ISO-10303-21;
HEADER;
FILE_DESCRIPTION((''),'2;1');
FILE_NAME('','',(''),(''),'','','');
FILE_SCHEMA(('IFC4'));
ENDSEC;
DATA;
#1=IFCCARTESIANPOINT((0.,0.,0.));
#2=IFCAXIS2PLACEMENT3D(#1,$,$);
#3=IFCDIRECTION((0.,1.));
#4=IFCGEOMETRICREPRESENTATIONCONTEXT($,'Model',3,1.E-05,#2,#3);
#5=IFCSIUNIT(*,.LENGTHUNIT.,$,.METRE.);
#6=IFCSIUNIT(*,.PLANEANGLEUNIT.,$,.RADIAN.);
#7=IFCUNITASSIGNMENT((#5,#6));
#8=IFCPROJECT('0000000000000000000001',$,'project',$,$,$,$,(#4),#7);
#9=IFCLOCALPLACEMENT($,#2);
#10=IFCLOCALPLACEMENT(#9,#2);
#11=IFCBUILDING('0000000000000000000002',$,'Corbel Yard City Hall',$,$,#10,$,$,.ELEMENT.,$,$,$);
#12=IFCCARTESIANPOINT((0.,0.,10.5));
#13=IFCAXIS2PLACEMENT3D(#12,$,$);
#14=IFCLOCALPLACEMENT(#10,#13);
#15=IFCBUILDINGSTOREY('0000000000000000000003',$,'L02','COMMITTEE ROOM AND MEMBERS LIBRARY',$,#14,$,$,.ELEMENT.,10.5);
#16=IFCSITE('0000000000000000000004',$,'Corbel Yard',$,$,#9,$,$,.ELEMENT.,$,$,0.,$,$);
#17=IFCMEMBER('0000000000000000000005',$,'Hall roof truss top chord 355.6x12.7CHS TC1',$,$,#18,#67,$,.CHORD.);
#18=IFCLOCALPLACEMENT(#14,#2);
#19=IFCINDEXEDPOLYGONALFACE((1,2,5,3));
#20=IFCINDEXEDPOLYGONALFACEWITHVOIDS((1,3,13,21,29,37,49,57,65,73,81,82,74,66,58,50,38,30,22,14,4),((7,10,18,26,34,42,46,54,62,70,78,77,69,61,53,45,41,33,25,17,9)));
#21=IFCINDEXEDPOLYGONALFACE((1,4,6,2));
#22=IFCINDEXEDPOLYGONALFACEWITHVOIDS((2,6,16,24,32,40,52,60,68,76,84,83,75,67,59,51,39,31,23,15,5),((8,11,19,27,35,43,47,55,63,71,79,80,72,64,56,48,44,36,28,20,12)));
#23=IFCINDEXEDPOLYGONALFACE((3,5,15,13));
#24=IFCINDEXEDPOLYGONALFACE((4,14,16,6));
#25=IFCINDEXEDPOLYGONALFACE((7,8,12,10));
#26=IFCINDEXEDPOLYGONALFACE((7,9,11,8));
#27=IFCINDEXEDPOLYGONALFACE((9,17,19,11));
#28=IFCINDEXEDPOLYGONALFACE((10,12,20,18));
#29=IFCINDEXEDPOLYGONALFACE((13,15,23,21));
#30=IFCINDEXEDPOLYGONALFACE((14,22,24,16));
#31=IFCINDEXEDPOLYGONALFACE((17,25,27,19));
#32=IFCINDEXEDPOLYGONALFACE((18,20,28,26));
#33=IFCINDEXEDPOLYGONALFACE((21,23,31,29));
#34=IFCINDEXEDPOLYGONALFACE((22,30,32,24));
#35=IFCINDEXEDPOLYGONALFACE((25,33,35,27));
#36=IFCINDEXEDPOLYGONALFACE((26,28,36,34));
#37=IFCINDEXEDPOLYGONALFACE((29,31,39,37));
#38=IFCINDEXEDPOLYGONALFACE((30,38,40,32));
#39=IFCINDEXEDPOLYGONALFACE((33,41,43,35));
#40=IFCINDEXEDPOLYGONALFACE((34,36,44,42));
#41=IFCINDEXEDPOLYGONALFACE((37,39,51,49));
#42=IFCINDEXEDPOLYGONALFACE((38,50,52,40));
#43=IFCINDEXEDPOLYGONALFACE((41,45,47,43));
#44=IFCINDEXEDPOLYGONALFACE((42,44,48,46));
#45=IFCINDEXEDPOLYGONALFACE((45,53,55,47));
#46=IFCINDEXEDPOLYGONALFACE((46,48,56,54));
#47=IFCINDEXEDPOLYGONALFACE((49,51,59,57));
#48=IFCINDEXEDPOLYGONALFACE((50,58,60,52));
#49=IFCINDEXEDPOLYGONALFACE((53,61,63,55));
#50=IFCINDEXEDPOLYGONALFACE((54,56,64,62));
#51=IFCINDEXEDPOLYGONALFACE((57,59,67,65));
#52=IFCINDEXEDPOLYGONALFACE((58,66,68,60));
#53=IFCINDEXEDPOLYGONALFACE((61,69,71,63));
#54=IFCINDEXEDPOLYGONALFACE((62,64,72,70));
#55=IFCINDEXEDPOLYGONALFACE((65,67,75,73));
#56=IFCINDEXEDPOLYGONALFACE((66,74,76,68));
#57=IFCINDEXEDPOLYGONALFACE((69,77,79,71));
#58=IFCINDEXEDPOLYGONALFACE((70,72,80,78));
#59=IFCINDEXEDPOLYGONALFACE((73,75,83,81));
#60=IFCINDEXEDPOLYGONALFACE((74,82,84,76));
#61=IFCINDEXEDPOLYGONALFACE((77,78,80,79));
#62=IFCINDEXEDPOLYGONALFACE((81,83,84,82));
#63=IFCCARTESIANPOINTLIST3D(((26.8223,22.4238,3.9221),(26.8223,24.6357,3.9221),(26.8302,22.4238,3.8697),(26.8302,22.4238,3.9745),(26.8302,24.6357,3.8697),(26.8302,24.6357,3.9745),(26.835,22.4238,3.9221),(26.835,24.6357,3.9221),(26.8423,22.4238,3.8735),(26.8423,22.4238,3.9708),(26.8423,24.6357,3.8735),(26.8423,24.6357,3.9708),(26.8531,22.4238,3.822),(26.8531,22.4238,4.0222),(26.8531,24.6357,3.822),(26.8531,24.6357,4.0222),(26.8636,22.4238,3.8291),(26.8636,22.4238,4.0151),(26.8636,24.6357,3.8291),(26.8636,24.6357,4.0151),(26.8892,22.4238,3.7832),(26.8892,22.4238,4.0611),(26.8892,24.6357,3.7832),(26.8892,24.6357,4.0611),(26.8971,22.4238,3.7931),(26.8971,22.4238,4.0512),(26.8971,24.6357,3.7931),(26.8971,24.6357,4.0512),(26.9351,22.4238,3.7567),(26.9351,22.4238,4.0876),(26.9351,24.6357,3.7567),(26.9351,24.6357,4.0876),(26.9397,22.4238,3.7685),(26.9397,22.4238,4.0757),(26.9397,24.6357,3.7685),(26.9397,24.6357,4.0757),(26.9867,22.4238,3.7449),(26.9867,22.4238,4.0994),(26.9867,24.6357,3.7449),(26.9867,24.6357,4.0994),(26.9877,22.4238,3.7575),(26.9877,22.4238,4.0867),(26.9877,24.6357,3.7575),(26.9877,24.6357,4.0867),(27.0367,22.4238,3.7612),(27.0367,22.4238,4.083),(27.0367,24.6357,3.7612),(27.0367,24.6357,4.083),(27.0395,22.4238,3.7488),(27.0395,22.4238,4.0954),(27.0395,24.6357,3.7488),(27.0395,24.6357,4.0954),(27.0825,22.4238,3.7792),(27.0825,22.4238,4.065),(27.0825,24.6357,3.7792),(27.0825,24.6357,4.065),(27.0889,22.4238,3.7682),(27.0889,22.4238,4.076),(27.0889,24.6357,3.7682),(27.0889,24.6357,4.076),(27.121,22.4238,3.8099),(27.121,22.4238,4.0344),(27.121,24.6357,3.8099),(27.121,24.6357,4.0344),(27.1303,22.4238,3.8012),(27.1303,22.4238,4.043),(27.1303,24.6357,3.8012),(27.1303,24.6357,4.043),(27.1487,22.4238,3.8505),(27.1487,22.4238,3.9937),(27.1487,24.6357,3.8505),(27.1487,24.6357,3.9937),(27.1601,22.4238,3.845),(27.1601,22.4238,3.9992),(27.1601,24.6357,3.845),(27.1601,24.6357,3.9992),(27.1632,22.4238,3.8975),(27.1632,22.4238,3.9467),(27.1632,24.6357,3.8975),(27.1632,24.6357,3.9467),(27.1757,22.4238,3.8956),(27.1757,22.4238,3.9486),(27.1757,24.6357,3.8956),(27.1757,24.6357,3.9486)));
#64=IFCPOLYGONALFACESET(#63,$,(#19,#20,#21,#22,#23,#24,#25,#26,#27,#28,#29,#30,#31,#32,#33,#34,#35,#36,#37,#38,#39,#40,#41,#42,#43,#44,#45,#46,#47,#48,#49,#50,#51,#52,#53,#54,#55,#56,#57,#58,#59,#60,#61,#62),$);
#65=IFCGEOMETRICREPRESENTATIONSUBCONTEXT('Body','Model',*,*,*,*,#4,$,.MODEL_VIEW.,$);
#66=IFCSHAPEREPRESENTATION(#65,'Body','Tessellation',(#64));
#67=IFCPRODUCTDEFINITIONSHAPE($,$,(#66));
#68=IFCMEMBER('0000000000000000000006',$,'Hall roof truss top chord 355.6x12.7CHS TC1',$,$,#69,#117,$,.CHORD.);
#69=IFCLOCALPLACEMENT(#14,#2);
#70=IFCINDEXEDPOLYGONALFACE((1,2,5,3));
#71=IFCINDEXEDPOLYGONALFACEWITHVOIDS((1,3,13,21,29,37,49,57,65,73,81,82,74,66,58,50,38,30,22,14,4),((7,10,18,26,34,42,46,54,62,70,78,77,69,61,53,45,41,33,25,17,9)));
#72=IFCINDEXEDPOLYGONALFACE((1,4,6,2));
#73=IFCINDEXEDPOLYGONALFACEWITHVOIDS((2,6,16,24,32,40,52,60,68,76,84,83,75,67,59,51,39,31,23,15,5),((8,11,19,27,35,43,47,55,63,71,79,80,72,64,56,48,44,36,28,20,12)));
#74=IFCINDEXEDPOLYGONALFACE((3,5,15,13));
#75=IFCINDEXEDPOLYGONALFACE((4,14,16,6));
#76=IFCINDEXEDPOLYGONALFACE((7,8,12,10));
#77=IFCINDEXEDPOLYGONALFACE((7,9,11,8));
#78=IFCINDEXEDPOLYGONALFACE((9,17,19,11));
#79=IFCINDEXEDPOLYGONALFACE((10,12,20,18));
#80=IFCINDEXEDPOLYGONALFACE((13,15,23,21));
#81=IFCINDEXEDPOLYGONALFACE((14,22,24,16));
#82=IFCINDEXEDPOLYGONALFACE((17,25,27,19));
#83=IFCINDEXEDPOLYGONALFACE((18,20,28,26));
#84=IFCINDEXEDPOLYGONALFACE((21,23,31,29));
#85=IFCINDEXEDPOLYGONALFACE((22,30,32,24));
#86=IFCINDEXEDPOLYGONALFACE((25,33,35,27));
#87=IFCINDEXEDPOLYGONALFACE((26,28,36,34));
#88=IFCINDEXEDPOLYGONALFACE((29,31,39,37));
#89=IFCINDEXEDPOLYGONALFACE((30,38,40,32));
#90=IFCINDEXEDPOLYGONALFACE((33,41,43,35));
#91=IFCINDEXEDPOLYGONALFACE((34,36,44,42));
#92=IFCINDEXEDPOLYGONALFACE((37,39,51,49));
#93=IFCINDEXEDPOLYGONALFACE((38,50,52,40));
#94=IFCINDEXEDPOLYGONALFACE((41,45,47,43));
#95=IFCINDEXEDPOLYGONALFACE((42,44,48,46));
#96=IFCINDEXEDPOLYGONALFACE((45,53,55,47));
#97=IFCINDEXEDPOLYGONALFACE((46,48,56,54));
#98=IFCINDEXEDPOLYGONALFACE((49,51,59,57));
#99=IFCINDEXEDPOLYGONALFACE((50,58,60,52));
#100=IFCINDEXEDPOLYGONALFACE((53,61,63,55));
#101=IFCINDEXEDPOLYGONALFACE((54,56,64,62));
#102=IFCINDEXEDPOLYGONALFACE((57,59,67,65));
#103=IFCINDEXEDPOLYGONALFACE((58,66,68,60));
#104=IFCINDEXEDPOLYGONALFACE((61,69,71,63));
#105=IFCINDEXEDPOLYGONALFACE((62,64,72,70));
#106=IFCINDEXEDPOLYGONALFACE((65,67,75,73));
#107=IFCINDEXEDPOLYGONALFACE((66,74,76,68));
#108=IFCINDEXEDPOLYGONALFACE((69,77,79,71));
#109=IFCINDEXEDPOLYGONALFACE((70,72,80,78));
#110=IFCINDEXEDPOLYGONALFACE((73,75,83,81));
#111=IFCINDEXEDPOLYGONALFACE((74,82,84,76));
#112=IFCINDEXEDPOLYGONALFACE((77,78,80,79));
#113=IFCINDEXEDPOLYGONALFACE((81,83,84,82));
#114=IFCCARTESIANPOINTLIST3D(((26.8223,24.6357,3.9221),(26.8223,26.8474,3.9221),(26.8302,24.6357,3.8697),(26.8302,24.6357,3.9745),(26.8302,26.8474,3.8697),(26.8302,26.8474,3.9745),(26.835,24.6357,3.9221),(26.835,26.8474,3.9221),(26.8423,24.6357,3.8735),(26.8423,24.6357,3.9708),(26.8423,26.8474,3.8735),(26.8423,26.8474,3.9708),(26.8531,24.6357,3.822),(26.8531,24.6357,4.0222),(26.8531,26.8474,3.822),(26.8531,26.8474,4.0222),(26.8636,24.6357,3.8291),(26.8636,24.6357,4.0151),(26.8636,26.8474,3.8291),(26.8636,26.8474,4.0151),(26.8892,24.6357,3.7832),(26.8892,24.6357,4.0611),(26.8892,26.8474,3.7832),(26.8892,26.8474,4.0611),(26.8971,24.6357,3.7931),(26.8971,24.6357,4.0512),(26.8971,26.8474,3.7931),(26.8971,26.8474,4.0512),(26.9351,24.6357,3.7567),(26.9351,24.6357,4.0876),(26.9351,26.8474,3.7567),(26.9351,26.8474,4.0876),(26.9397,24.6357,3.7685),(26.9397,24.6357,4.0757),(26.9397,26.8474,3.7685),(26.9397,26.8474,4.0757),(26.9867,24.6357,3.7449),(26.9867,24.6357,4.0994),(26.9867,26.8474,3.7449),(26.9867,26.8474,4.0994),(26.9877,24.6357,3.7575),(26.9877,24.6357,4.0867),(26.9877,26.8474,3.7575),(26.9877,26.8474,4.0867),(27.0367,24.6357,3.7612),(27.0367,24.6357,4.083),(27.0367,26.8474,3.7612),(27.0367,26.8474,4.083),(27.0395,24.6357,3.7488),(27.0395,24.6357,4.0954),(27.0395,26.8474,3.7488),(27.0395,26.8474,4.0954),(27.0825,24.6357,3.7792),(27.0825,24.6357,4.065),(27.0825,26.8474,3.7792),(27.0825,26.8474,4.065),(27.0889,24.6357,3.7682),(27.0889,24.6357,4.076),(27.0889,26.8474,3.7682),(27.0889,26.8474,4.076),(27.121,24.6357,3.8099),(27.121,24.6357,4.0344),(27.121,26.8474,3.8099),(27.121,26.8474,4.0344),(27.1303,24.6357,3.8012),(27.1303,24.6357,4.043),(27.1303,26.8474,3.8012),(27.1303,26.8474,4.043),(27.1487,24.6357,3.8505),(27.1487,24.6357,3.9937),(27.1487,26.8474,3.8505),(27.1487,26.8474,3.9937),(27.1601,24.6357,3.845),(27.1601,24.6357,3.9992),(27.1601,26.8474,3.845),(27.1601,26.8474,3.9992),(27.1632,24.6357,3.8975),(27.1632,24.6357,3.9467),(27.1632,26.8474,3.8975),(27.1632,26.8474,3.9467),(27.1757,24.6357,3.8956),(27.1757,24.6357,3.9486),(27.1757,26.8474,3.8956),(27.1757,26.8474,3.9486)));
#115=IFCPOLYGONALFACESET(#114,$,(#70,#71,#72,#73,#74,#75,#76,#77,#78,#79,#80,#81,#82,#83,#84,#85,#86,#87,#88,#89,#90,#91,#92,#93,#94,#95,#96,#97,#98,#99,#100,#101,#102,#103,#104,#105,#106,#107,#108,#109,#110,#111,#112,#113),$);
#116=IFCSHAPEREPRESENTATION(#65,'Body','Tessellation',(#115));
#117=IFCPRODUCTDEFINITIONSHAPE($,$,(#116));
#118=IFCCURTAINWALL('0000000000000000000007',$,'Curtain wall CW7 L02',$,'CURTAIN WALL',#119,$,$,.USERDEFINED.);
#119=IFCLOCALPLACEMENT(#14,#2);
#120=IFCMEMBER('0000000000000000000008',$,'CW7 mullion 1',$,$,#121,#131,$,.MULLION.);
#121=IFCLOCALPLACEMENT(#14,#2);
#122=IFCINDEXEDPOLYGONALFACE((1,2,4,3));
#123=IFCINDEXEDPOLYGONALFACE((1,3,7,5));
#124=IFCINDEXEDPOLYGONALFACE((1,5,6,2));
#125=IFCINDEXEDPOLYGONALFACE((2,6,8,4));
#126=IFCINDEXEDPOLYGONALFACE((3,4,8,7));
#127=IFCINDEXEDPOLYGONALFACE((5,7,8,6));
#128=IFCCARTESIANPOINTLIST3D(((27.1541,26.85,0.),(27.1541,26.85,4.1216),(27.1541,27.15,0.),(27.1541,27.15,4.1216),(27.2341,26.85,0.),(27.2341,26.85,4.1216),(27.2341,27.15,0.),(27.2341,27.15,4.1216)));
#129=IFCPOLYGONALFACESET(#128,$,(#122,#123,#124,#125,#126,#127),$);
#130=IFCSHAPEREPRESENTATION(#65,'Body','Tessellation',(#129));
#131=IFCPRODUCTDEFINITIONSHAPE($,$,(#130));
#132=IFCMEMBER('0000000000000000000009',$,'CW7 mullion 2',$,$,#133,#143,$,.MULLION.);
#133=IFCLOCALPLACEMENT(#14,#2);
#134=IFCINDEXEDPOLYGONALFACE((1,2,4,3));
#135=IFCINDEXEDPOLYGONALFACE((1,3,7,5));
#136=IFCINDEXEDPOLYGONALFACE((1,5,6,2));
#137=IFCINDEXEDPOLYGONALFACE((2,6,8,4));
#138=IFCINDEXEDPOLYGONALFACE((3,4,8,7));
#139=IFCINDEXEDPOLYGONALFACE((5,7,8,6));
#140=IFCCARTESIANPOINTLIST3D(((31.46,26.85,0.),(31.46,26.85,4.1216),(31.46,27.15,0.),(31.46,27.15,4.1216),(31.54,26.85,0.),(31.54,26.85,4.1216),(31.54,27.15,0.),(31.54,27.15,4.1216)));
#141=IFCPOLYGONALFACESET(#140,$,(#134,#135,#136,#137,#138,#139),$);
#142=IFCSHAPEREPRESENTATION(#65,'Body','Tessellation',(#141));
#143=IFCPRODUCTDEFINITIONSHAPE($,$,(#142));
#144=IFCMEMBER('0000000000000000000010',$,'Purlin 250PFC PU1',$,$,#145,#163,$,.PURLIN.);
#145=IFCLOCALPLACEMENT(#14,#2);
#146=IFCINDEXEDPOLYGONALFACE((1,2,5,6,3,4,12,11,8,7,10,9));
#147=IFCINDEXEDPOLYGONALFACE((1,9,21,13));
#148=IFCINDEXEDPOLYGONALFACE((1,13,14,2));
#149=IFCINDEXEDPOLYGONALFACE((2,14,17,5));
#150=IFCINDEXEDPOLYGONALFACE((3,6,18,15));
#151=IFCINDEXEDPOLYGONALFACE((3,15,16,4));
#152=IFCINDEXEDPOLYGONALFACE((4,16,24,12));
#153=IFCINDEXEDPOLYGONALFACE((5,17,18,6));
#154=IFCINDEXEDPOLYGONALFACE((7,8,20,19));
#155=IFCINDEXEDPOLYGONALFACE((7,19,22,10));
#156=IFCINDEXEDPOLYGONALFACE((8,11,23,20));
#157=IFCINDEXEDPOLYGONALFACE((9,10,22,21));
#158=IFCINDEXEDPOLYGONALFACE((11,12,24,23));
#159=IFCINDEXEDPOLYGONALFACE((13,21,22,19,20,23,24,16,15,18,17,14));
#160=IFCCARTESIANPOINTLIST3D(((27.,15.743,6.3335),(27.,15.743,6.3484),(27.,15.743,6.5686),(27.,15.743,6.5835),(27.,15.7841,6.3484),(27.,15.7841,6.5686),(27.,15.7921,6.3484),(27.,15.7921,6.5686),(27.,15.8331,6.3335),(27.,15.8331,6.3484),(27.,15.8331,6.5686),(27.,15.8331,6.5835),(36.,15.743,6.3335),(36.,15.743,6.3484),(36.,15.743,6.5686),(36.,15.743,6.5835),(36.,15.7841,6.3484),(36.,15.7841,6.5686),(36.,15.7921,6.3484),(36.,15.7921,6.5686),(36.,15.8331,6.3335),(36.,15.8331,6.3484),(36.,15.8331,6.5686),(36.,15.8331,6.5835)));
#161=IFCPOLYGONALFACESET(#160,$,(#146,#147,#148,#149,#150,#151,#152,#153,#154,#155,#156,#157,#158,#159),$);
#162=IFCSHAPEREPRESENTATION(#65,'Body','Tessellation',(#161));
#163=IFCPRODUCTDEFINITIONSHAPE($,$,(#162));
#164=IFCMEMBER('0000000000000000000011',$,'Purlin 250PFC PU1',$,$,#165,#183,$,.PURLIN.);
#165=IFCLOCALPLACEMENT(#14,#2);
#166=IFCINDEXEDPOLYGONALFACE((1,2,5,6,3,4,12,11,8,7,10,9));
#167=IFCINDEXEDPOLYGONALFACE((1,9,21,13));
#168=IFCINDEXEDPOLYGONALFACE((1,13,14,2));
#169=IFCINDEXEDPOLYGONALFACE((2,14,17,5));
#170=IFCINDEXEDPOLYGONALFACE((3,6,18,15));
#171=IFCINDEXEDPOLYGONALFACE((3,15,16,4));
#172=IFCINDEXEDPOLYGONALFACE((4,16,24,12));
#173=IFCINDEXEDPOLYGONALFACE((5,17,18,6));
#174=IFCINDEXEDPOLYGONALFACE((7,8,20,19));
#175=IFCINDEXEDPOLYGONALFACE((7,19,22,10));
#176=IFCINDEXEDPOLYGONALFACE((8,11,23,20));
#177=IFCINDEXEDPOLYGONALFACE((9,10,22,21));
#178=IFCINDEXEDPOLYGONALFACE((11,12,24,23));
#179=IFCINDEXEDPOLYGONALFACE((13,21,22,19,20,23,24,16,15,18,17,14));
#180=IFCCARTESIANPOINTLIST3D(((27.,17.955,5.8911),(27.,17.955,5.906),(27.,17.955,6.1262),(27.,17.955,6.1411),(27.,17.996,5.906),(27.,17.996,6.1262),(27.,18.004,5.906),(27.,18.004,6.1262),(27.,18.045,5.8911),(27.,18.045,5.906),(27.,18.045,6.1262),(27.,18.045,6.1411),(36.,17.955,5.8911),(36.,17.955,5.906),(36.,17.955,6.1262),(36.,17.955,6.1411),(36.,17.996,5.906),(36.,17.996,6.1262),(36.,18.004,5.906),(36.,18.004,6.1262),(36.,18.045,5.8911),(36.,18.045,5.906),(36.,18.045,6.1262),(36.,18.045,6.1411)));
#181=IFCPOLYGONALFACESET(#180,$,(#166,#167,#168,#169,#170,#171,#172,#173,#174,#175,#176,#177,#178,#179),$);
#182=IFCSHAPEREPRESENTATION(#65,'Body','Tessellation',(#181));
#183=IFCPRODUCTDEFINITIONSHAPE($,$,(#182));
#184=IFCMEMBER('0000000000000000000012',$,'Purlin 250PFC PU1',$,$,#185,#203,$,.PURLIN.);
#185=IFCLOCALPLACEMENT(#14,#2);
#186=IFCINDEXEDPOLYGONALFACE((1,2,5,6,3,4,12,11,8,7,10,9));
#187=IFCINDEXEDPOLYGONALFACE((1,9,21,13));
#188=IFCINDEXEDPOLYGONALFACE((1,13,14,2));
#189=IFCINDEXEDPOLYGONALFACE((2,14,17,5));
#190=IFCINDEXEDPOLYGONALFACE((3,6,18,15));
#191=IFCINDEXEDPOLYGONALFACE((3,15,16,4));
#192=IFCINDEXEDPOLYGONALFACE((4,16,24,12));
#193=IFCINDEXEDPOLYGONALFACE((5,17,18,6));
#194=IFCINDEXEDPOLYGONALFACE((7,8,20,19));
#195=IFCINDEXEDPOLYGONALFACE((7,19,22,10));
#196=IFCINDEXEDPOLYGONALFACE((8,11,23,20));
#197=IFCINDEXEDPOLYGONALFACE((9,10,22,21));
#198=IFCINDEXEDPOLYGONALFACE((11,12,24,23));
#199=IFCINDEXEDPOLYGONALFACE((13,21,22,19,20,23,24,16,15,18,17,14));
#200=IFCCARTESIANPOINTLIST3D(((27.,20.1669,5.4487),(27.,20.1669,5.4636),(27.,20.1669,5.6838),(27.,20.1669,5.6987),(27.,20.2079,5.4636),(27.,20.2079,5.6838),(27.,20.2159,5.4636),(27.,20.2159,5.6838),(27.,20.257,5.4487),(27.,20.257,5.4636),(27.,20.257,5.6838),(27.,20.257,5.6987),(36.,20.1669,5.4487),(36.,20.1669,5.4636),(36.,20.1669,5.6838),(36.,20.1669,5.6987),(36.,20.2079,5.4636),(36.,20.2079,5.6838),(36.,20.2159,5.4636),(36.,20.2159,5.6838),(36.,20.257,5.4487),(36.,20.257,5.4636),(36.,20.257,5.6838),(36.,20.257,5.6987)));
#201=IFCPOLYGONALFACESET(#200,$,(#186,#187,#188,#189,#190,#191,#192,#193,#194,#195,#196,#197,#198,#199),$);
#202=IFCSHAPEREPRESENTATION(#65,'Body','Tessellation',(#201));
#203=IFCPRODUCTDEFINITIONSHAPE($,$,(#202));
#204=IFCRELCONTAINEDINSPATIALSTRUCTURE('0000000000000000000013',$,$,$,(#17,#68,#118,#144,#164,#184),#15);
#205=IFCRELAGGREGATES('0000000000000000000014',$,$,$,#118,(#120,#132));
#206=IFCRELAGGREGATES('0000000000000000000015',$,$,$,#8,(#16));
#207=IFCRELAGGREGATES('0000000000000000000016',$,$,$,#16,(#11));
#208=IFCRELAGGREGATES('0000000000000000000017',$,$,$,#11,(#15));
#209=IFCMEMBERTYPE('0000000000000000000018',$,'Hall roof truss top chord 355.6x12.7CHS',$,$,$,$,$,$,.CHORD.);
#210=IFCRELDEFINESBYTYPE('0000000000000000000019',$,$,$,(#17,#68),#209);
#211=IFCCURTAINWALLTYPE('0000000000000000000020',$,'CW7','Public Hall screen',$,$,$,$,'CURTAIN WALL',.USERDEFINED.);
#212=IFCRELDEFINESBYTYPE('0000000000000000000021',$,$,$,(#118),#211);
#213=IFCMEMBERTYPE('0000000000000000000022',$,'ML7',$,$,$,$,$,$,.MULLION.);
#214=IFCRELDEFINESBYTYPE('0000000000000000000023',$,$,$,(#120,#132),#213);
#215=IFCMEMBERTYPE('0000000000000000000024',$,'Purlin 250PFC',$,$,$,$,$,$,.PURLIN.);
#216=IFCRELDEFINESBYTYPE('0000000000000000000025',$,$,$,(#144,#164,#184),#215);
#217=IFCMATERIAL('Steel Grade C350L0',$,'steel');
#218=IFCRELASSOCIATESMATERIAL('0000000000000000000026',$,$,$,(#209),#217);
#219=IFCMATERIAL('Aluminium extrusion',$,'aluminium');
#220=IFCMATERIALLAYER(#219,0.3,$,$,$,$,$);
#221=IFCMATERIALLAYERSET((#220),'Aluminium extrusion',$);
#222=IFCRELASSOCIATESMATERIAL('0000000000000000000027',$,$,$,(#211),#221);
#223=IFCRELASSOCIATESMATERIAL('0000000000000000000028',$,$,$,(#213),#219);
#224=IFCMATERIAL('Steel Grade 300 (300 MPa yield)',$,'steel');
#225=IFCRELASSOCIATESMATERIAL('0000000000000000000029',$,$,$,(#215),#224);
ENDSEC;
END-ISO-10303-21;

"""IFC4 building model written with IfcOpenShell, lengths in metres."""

from ifc_helpers import new_model, si_unit, direction, frame, origin, origin_2d, place, context, subcontext, project, spatial, rectangle, hollow_circle, i_section, extrude, material, layer, layer_set, material_profile, profile_set, type_object, element, aggregate, save


model = new_model("IFC4")

# Units and contexts
model_context = context("Model", 3, precision=1e-05, world=origin(), true_north=direction((0.0, 1.0)))
body_context = subcontext(model_context, "Body", "Model", "MODEL_VIEW")
ifc_project = project(units=[si_unit("LENGTHUNIT", "METRE"), si_unit("PLANEANGLEUNIT", "RADIAN")], contexts=[model_context])

# Site, building, storey
site_placement = place(None, origin())
site = spatial("IfcSite", under=ifc_project, at=site_placement, Name="Corbel Yard", CompositionType="ELEMENT", RefElevation=0.0)
building_placement = place(site_placement, origin())
building = spatial("IfcBuilding", under=site, at=building_placement, Name="Corbel Yard City Hall", CompositionType="ELEMENT")
storey_placement = place(building_placement, frame((0.0, 0.0, 10.5)))
storey = spatial("IfcBuildingStorey", under=building, at=storey_placement, Name="L02", Description="COMMITTEE ROOM AND MEMBERS LIBRARY", CompositionType="ELEMENT", Elevation=10.5)

# Shared definitions
ifc_material_1 = material(Name="Steel Grade 300 (300 MPa yield)", Category="steel")

# Members
ifc_material_2 = material(Name="Steel Grade C350L0", Category="steel")
ifc_material_profile_1 = material_profile(ifc_material_2, hollow_circle(Radius=0.1777, WallThickness=0.0127, at=origin_2d()), Name="355.6x12.7CHS")
ifc_profile_set_1 = profile_set([ifc_material_profile_1], Name="Steel Grade C350L0")
member_type_1 = type_object("IfcMemberType", Name="Hall roof truss top chord 355.6x12.7CHS", PredefinedType="CHORD", material=ifc_profile_set_1)
for number, where, z_axis, x_axis, name in (
    (1, (27.0, 22.4238, 3.9221), (0.0, 1.0, 0.0), (-1.0, 0.0, 0.0), "Hall roof truss top chord 355.6x12.7CHS TC1"),
):
    element("IfcMember", number, at=place(storey_placement, frame(where, z_axis=z_axis, x_axis=x_axis)), inside=storey, type_object=member_type_1, Name=name, PredefinedType="CHORD", context=body_context, shape_type="SweptSolid", body=[
        extrude(hollow_circle(Radius=0.1777, WallThickness=0.0127, at=origin_2d()), origin(), (0.0, 0.0, 1.0), 2.2119),
    ])
member_1_placement = place(storey_placement, frame((27.0, 24.6357, 3.9221), z_axis=(0.0, 1.0, 0.0), x_axis=(-1.0, 0.0, 0.0)))
element("IfcMember", 2, at=member_1_placement, inside=storey, type_object=member_type_1, Name="Hall roof truss top chord 355.6x12.7CHS TC1", PredefinedType="CHORD", context=body_context, shape_type="SweptSolid", body=[
    extrude(hollow_circle(Radius=0.1777, WallThickness=0.0127, at=origin_2d()), origin(), (0.0, 0.0, 1.0), 2.2117),
])

# Curtain wall, members
ifc_material_3 = material(Name="Aluminium extrusion", Category="aluminium")
ifc_layer_1 = layer(ifc_material_3, 0.3)
ifc_layer_set_1 = layer_set([ifc_layer_1], Name="Aluminium extrusion")
curtain_wall_type = type_object("IfcCurtainWallType", Name="CW7", Description="Public Hall screen", ElementType="CURTAIN WALL", PredefinedType="USERDEFINED", material=ifc_layer_set_1)
curtain_wall_placement = place(storey_placement, origin())
curtain_wall = element("IfcCurtainWall", 3, at=curtain_wall_placement, inside=storey, type_object=curtain_wall_type, Name="Curtain wall CW7 L02", ObjectType="CURTAIN WALL", PredefinedType="USERDEFINED")
ifc_material_profile_2 = material_profile(ifc_material_3, rectangle(XDim=0.3, YDim=0.0801, at=origin_2d()), Name="300x80")
ifc_profile_set_2 = profile_set([ifc_material_profile_2], Name="Aluminium extrusion")
member_type_2 = type_object("IfcMemberType", Name="ML7", PredefinedType="MULLION", material=ifc_profile_set_2)
member_2_placement = place(storey_placement, frame((27.1941, 27.0, 0.0), z_axis=(0.0, 0.0, 1.0), x_axis=(0.0, 1.0, 0.0)))
member_2 = element("IfcMember", 4, at=member_2_placement, type_object=member_type_2, Name="CW7 mullion 1", PredefinedType="MULLION", context=body_context, shape_type="SweptSolid", body=[
    extrude(rectangle(XDim=0.3, YDim=0.0801, at=origin_2d()), origin(), (0.0, 0.0, 1.0), 4.1216),
])
member_3_placement = place(storey_placement, frame((31.5, 27.0, 0.0), z_axis=(0.0, 0.0, 1.0), x_axis=(0.0, 1.0, 0.0)))
member_3 = element("IfcMember", 5, at=member_3_placement, type_object=member_type_2, Name="CW7 mullion 2", PredefinedType="MULLION", context=body_context, shape_type="SweptSolid", body=[
    extrude(rectangle(XDim=0.3, YDim=0.0801, at=origin_2d()), origin(), (0.0, 0.0, 1.0), 4.1216),
])

# Members
ifc_material_profile_3 = material_profile(ifc_material_1, i_section(OverallWidth=0.0901, OverallDepth=0.25, WebThickness=0.0081, FlangeThickness=0.0149, at=origin_2d()), Name="250PFC")
ifc_profile_set_3 = profile_set([ifc_material_profile_3], Name="Steel Grade 300 (300 MPa yield)")
member_type_3 = type_object("IfcMemberType", Name="Purlin 250PFC", PredefinedType="PURLIN", material=ifc_profile_set_3)
for number, where, z_axis, x_axis, name in (
    (6, (27.0, 15.7881, 6.4585), (1.0, 0.0, 0.0), (0.0, 1.0, 0.0), "Purlin 250PFC PU1"),
    (7, (27.0, 18.0, 6.0161), (1.0, 0.0, 0.0), (0.0, 1.0, 0.0), "Purlin 250PFC PU1"),
    (8, (27.0, 20.2119, 5.5737), (1.0, 0.0, 0.0), (0.0, 1.0, 0.0), "Purlin 250PFC PU1"),
):
    element("IfcMember", number, at=place(storey_placement, frame(where, z_axis=z_axis, x_axis=x_axis)), inside=storey, type_object=member_type_3, Name=name, PredefinedType="PURLIN", context=body_context, shape_type="SweptSolid", body=[
        extrude(i_section(OverallWidth=0.0901, OverallDepth=0.25, WebThickness=0.0081, FlangeThickness=0.0149, at=origin_2d()), origin(), (0.0, 0.0, 1.0), 9.0),
    ])

aggregate(curtain_wall, [member_2, member_3])

save(model, "model.ifc")
